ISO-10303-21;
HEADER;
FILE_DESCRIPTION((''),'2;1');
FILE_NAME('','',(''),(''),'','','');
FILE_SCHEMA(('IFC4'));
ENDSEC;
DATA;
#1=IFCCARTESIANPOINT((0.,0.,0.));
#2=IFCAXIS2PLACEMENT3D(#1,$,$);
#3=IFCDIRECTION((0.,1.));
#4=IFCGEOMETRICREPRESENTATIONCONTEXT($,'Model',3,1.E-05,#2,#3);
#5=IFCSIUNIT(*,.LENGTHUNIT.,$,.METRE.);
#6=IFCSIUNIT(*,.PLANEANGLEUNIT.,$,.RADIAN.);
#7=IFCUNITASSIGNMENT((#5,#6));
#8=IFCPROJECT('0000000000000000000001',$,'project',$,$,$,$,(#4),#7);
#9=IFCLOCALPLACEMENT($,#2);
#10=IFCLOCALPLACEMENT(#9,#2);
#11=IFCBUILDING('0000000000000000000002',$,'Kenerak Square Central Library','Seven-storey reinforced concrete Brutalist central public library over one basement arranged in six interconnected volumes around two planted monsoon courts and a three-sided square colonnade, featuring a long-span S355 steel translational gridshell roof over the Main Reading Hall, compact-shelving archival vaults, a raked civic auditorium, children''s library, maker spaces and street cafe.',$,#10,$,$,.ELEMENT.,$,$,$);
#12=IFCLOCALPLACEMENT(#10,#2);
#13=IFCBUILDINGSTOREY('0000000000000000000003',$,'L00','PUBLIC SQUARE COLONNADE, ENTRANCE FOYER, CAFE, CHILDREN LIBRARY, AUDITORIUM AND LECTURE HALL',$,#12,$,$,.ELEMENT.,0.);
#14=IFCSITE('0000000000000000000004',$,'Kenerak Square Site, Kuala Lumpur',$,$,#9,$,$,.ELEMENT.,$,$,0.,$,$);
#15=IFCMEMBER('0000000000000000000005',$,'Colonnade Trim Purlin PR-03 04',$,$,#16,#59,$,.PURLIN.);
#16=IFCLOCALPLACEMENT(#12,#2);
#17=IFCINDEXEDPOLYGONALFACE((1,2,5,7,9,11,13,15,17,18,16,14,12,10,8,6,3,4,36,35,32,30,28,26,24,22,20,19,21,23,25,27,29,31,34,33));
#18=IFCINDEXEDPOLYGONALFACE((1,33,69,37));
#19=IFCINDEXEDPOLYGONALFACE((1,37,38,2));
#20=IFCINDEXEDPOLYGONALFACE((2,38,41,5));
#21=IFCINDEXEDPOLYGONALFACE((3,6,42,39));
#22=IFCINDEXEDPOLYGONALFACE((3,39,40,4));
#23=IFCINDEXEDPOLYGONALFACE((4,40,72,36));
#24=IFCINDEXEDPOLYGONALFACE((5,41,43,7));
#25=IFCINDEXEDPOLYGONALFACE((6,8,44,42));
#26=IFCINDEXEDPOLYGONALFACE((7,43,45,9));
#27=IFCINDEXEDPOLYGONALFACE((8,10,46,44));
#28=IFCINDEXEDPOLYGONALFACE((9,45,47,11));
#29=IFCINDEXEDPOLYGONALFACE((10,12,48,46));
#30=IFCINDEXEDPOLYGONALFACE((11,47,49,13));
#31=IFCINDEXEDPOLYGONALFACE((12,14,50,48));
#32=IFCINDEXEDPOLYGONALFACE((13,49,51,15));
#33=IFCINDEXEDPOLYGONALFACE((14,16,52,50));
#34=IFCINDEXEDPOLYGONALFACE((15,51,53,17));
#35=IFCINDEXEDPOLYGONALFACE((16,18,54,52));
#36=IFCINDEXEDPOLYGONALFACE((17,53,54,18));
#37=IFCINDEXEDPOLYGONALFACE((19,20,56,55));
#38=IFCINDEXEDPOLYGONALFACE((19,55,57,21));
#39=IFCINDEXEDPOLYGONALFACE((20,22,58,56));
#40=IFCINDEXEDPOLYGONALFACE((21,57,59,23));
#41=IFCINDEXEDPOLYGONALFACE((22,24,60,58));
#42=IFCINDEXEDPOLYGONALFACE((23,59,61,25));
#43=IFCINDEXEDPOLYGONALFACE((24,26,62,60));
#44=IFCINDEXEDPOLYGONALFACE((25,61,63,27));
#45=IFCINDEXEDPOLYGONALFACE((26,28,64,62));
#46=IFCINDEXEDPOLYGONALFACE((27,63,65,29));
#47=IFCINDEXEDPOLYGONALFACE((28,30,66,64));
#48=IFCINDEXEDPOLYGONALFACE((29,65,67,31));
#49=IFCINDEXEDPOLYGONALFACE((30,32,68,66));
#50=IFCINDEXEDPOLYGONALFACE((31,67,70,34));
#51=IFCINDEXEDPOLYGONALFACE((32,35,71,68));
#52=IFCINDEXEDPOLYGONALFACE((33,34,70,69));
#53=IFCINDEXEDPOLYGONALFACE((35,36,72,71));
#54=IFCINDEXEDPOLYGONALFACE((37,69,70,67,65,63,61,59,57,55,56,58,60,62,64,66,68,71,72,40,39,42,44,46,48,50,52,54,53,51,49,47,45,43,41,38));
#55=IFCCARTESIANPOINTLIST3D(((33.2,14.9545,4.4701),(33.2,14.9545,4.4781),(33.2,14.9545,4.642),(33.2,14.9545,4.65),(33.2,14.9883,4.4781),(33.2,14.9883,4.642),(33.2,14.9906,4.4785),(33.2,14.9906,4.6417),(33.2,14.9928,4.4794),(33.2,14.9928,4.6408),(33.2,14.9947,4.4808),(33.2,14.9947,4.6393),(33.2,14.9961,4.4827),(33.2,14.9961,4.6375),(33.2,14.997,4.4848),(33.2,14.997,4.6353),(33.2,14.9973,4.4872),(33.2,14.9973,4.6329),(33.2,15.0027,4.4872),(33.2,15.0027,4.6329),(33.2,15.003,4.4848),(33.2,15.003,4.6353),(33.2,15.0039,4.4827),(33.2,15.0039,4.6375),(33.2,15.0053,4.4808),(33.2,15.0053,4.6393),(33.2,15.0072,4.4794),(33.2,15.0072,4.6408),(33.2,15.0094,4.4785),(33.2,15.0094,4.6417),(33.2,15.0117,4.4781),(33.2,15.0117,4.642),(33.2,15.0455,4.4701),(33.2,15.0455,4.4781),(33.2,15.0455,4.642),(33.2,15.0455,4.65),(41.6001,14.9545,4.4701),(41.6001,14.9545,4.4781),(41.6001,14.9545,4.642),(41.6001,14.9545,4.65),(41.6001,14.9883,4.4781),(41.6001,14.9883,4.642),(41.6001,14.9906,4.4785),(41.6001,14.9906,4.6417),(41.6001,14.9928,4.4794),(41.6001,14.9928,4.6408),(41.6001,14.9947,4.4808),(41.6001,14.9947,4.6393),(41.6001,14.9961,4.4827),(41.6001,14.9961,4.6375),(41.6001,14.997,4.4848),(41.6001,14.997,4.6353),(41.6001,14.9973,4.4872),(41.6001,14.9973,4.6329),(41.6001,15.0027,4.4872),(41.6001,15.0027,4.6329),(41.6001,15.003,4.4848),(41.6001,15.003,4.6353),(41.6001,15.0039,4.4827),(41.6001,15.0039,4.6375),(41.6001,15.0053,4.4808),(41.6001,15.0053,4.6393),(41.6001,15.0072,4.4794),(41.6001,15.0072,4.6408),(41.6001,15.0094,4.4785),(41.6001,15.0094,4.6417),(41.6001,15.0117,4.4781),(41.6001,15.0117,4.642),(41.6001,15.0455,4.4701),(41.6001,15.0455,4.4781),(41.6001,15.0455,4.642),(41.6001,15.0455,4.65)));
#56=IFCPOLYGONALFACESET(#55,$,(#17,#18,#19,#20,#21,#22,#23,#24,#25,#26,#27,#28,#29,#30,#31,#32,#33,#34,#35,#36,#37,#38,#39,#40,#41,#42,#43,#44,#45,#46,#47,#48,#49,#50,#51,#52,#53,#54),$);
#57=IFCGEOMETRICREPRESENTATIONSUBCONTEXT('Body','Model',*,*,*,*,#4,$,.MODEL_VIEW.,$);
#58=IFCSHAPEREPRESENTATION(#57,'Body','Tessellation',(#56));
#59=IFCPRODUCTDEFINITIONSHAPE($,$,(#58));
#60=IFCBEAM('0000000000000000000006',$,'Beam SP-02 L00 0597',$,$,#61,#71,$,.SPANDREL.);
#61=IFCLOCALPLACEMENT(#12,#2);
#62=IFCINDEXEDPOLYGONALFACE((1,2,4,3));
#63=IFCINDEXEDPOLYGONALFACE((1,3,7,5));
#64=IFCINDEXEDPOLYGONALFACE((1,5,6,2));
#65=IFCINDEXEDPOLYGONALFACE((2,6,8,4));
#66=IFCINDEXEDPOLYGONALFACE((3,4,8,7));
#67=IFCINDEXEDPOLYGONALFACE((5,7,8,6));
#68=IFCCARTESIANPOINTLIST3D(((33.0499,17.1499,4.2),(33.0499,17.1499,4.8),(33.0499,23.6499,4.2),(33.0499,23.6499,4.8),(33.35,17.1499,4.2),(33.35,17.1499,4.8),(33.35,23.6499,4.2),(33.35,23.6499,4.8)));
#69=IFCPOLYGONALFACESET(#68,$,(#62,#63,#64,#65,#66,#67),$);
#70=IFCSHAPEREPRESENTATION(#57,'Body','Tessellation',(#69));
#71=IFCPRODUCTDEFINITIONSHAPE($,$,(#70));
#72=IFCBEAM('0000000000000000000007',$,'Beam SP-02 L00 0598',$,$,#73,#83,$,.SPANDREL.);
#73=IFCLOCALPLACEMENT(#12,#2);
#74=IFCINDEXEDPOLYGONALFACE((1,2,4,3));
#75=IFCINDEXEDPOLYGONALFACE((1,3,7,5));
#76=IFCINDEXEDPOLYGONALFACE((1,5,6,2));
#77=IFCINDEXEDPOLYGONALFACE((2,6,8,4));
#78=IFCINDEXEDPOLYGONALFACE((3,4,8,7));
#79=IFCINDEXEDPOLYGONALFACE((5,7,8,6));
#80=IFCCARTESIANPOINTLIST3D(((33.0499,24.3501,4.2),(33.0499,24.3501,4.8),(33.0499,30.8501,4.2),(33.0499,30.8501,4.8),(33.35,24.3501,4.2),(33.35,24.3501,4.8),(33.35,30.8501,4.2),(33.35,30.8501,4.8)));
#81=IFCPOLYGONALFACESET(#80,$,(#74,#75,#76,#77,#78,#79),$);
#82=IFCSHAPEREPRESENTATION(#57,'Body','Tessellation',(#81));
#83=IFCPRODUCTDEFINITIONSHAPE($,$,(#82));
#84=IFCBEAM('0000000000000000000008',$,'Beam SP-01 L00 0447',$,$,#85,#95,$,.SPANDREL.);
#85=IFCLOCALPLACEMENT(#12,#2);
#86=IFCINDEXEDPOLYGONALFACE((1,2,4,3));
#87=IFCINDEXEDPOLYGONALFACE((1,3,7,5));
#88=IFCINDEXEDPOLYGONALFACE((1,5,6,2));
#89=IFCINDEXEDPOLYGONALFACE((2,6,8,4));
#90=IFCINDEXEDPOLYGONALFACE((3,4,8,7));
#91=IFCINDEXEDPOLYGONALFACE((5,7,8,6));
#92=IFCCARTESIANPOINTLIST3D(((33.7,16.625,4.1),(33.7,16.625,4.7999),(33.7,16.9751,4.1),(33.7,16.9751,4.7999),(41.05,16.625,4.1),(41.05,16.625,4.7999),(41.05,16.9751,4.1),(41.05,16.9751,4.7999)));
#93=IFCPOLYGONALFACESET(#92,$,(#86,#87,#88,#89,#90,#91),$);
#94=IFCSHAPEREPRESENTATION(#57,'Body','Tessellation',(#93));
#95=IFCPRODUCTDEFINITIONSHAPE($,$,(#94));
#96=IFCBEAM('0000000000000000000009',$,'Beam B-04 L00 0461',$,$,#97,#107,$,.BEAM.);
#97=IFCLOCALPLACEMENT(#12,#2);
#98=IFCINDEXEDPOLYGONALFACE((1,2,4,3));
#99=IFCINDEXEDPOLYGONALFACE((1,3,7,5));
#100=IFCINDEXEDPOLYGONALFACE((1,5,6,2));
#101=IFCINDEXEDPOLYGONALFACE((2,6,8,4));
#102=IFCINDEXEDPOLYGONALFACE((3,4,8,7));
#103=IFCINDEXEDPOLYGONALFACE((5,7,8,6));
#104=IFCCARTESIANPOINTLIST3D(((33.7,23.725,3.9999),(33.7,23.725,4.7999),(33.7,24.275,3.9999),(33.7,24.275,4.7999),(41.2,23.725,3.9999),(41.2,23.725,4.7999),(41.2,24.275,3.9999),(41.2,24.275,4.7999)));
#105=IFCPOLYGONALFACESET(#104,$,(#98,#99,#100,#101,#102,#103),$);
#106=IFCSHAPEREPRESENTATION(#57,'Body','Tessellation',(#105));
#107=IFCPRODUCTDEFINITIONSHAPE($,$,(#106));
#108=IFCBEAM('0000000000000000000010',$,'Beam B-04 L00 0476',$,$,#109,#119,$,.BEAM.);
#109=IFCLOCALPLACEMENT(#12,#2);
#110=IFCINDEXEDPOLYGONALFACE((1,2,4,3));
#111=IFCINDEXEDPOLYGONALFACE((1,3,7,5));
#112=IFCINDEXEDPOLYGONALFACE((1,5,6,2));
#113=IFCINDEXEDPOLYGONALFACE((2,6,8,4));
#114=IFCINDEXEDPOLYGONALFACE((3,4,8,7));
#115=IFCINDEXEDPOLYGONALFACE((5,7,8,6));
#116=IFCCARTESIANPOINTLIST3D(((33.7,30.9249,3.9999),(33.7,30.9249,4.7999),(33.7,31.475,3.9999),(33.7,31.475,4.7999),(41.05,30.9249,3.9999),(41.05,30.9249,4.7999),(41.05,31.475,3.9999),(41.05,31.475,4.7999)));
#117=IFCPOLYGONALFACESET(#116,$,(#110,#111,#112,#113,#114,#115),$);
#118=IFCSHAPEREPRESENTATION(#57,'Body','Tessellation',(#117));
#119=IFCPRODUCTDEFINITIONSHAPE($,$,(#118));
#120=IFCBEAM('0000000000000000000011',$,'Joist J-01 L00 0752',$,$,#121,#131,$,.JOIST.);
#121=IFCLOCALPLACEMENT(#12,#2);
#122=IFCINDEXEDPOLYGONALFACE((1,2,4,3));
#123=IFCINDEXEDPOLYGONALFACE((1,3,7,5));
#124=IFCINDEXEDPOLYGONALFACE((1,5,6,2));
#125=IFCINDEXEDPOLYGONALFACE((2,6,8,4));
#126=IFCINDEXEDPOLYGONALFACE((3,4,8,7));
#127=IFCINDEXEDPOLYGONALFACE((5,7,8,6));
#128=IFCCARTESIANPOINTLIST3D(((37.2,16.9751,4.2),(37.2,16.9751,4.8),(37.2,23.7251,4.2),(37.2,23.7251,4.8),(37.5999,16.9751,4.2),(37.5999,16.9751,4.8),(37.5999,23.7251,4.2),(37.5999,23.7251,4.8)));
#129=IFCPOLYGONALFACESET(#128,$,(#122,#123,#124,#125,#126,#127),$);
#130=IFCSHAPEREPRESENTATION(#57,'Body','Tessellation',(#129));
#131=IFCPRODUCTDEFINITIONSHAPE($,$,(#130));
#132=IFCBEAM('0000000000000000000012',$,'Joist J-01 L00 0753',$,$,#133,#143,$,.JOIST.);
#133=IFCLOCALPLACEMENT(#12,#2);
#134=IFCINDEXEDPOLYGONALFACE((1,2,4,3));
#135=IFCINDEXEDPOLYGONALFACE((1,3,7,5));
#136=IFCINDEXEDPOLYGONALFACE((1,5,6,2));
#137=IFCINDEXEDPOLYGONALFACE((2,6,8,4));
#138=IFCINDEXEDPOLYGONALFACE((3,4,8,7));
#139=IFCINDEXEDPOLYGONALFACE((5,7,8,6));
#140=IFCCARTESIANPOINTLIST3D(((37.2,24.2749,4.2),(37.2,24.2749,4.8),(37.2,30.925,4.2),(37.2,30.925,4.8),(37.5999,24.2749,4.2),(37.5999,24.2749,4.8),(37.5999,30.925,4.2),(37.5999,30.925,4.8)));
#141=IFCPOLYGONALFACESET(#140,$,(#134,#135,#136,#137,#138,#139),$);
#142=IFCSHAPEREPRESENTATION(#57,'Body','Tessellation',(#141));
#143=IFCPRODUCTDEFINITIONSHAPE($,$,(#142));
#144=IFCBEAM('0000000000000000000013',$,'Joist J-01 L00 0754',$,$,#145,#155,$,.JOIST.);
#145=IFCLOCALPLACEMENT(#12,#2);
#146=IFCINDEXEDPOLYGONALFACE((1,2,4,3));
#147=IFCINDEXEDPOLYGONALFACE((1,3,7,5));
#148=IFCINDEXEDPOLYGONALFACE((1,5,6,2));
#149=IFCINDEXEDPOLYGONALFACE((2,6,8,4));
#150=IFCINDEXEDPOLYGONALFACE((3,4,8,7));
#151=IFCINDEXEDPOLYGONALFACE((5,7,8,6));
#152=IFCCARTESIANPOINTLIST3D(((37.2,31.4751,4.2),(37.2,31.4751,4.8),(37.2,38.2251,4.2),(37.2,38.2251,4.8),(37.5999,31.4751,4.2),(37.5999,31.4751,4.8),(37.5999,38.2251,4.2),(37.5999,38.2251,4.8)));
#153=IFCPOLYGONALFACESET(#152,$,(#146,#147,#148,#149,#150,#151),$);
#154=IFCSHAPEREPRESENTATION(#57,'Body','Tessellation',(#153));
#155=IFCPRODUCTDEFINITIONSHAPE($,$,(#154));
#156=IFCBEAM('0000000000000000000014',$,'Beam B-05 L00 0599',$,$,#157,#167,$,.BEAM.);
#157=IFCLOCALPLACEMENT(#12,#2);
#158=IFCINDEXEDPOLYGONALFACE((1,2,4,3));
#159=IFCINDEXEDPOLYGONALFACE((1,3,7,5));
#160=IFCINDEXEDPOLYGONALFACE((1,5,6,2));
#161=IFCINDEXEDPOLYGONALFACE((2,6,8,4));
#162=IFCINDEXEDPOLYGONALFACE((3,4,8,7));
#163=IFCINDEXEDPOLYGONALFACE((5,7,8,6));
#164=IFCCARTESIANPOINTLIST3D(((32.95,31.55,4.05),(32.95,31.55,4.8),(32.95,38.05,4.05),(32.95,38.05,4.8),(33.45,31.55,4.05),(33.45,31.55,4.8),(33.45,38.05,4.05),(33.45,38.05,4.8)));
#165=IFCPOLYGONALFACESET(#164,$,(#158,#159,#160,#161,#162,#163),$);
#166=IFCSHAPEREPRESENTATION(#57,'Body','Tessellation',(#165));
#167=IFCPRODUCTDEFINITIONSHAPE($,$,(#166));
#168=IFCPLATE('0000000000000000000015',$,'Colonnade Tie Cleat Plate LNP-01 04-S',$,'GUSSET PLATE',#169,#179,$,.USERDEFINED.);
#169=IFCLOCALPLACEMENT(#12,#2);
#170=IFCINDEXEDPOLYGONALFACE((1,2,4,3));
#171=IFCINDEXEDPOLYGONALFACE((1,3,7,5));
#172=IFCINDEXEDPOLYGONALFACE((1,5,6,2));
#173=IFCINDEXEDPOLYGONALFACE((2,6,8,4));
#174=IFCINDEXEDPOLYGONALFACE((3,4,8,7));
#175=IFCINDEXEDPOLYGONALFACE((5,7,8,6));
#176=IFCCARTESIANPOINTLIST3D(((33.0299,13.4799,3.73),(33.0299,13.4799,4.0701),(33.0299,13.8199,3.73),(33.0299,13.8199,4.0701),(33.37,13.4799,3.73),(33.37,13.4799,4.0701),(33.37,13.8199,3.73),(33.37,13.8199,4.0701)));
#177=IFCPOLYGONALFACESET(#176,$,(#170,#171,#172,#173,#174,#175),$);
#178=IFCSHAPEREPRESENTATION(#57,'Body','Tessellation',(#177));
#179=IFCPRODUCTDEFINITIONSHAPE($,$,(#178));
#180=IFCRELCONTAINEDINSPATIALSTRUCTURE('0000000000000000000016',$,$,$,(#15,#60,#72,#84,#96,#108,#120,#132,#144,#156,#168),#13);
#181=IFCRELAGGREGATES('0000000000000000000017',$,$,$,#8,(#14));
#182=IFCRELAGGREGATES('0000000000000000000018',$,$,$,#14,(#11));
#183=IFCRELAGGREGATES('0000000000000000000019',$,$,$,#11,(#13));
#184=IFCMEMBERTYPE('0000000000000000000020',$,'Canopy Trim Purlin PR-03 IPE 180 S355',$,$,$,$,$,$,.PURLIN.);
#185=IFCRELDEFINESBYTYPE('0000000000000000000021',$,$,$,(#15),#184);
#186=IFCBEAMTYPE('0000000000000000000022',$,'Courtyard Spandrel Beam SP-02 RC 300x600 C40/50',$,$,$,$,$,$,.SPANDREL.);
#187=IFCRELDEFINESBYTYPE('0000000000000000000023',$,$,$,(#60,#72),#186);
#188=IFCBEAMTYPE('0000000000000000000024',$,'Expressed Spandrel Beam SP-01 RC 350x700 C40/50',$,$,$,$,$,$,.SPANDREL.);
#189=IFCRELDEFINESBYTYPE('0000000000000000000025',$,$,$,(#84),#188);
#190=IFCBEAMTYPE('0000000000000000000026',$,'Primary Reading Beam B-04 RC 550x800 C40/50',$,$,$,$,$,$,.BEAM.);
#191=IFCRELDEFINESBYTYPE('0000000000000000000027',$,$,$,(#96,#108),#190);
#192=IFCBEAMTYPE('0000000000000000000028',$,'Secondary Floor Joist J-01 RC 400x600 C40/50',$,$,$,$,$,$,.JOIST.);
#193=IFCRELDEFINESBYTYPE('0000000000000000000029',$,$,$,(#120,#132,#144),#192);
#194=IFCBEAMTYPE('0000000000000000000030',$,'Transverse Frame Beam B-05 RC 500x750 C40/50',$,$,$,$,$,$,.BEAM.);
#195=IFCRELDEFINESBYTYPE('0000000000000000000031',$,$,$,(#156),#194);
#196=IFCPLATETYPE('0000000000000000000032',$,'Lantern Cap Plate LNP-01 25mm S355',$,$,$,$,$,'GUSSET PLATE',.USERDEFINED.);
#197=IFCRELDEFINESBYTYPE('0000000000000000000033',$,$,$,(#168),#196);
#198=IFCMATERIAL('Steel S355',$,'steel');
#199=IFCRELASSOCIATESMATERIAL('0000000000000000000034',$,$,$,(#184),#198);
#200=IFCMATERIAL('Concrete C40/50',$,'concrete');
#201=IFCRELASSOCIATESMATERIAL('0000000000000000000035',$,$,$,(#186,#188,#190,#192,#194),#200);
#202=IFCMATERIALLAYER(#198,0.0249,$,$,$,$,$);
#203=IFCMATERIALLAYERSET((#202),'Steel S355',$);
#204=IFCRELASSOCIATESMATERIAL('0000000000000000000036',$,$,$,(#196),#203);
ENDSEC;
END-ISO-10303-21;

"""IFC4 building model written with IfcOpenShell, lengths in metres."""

from ifc_helpers import new_model, si_unit, direction, frame, origin, origin_2d, place, context, subcontext, project, spatial, rectangle, i_section, extrude, material, layer, layer_set, material_profile, profile_set, type_object, element, save


model = new_model("IFC4")

# Units and contexts
model_context = context("Model", 3, precision=1e-05, world=origin(), true_north=direction((0.0, 1.0)))
body_context = subcontext(model_context, "Body", "Model", "MODEL_VIEW")
ifc_project = project(units=[si_unit("LENGTHUNIT", "METRE"), si_unit("PLANEANGLEUNIT", "RADIAN")], contexts=[model_context])

# Site, building, storey
site_placement = place(None, origin())
site = spatial("IfcSite", under=ifc_project, at=site_placement, Name="Kenerak Square Site, Kuala Lumpur", CompositionType="ELEMENT", RefElevation=0.0)
building_placement = place(site_placement, origin())
building = spatial("IfcBuilding", under=site, at=building_placement, Name="Kenerak Square Central Library", Description="Seven-storey reinforced concrete Brutalist central public library over one basement arranged in six interconnected volumes around two planted monsoon courts and a three-sided square colonnade, featuring a long-span S355 steel translational gridshell roof over the Main Reading Hall, compact-shelving archival vaults, a raked civic auditorium, children's library, maker spaces and street cafe.", CompositionType="ELEMENT")
storey_placement = place(building_placement, origin())
storey = spatial("IfcBuildingStorey", under=building, at=storey_placement, Name="L00", Description="PUBLIC SQUARE COLONNADE, ENTRANCE FOYER, CAFE, CHILDREN LIBRARY, AUDITORIUM AND LECTURE HALL", CompositionType="ELEMENT", Elevation=0.0)

# Shared definitions
ifc_material_1 = material(Name="Steel S355", Category="steel")

# Member
ifc_material_profile_1 = material_profile(ifc_material_1, i_section(OverallWidth=0.0911, OverallDepth=0.1799, WebThickness=0.0054, FlangeThickness=0.0081, FilletRadius=0.009, at=origin_2d()), Name="IPE 180")
ifc_profile_set_1 = profile_set([ifc_material_profile_1], Name="Steel S355")
member_type_1 = type_object("IfcMemberType", Name="Canopy Trim Purlin PR-03 IPE 180 S355", PredefinedType="PURLIN", material=ifc_profile_set_1)
member_1_placement = place(storey_placement, frame((33.2, 15.0, 4.5601), z_axis=(1.0, 0.0, 0.0), x_axis=(0.0, 1.0, 0.0)))
element("IfcMember", 1, at=member_1_placement, inside=storey, type_object=member_type_1, Name="Colonnade Trim Purlin PR-03 04", PredefinedType="PURLIN", context=body_context, shape_type="SweptSolid", body=[
    extrude(i_section(OverallWidth=0.0911, OverallDepth=0.1799, WebThickness=0.0054, FlangeThickness=0.0081, FilletRadius=0.009, at=origin_2d()), origin(), (0.0, 0.0, 1.0), 8.4001),
])

# Beams
ifc_material_2 = material(Name="Concrete C40/50", Category="concrete")
ifc_material_profile_2 = material_profile(ifc_material_2, rectangle(XDim=0.3, YDim=0.6001, at=origin_2d()), Name="RC 300x600")
ifc_profile_set_2 = profile_set([ifc_material_profile_2], Name="Concrete C40/50")
beam_type_1 = type_object("IfcBeamType", Name="Courtyard Spandrel Beam SP-02 RC 300x600 C40/50", PredefinedType="SPANDREL", material=ifc_profile_set_2)
for number, where, z_axis, x_axis, name in (
    (2, (33.2, 17.1499, 4.5), (0.0, 1.0, 0.0), (-1.0, 0.0, 0.0), "Beam SP-02 L00 0597"),
    (3, (33.2, 24.3501, 4.5), (0.0, 1.0, 0.0), (-1.0, 0.0, 0.0), "Beam SP-02 L00 0598"),
):
    element("IfcBeam", number, at=place(storey_placement, frame(where, z_axis=z_axis, x_axis=x_axis)), inside=storey, type_object=beam_type_1, Name=name, PredefinedType="SPANDREL", context=body_context, shape_type="SweptSolid", body=[
        extrude(rectangle(XDim=0.3, YDim=0.6001, at=origin_2d()), origin(), (0.0, 0.0, 1.0), 6.5),
    ])
ifc_material_profile_3 = material_profile(ifc_material_2, rectangle(XDim=0.3501, YDim=0.7, at=origin_2d()), Name="RC 350x700")
ifc_profile_set_3 = profile_set([ifc_material_profile_3], Name="Concrete C40/50")
beam_type_2 = type_object("IfcBeamType", Name="Expressed Spandrel Beam SP-01 RC 350x700 C40/50", PredefinedType="SPANDREL", material=ifc_profile_set_3)
beam_1_placement = place(storey_placement, frame((33.7, 16.8, 4.45), z_axis=(1.0, 0.0, 0.0), x_axis=(0.0, 1.0, 0.0)))
element("IfcBeam", 4, at=beam_1_placement, inside=storey, type_object=beam_type_2, Name="Beam SP-01 L00 0447", PredefinedType="SPANDREL", context=body_context, shape_type="SweptSolid", body=[
    extrude(rectangle(XDim=0.3501, YDim=0.7, at=origin_2d()), origin(), (0.0, 0.0, 1.0), 7.3501),
])
ifc_material_profile_4 = material_profile(ifc_material_2, rectangle(XDim=0.55, YDim=0.8, at=origin_2d()), Name="RC 550x800")
ifc_profile_set_4 = profile_set([ifc_material_profile_4], Name="Concrete C40/50")
beam_type_3 = type_object("IfcBeamType", Name="Primary Reading Beam B-04 RC 550x800 C40/50", PredefinedType="BEAM", material=ifc_profile_set_4)
beam_2_placement = place(storey_placement, frame((33.7, 24.0, 4.3999), z_axis=(1.0, 0.0, 0.0), x_axis=(0.0, 1.0, 0.0)))
element("IfcBeam", 5, at=beam_2_placement, inside=storey, type_object=beam_type_3, Name="Beam B-04 L00 0461", PredefinedType="BEAM", context=body_context, shape_type="SweptSolid", body=[
    extrude(rectangle(XDim=0.55, YDim=0.8, at=origin_2d()), origin(), (0.0, 0.0, 1.0), 7.5),
])
beam_3_placement = place(storey_placement, frame((33.7, 31.2, 4.3999), z_axis=(1.0, 0.0, 0.0), x_axis=(0.0, 1.0, 0.0)))
element("IfcBeam", 6, at=beam_3_placement, inside=storey, type_object=beam_type_3, Name="Beam B-04 L00 0476", PredefinedType="BEAM", context=body_context, shape_type="SweptSolid", body=[
    extrude(rectangle(XDim=0.55, YDim=0.8, at=origin_2d()), origin(), (0.0, 0.0, 1.0), 7.3501),
])
ifc_material_profile_5 = material_profile(ifc_material_2, rectangle(XDim=0.3999, YDim=0.6001, at=origin_2d()), Name="RC 400x600")
ifc_profile_set_5 = profile_set([ifc_material_profile_5], Name="Concrete C40/50")
beam_type_4 = type_object("IfcBeamType", Name="Secondary Floor Joist J-01 RC 400x600 C40/50", PredefinedType="JOIST", material=ifc_profile_set_5)
beam_4_placement = place(storey_placement, frame((37.3999, 16.9751, 4.5), z_axis=(0.0, 1.0, 0.0), x_axis=(-1.0, 0.0, 0.0)))
element("IfcBeam", 7, at=beam_4_placement, inside=storey, type_object=beam_type_4, Name="Joist J-01 L00 0752", PredefinedType="JOIST", context=body_context, shape_type="SweptSolid", body=[
    extrude(rectangle(XDim=0.3999, YDim=0.6001, at=origin_2d()), origin(), (0.0, 0.0, 1.0), 6.75),
])
beam_5_placement = place(storey_placement, frame((37.3999, 24.2749, 4.5), z_axis=(0.0, 1.0, 0.0), x_axis=(-1.0, 0.0, 0.0)))
element("IfcBeam", 8, at=beam_5_placement, inside=storey, type_object=beam_type_4, Name="Joist J-01 L00 0753", PredefinedType="JOIST", context=body_context, shape_type="SweptSolid", body=[
    extrude(rectangle(XDim=0.3999, YDim=0.6001, at=origin_2d()), origin(), (0.0, 0.0, 1.0), 6.6501),
])
beam_6_placement = place(storey_placement, frame((37.3999, 31.4751, 4.5), z_axis=(0.0, 1.0, 0.0), x_axis=(-1.0, 0.0, 0.0)))
element("IfcBeam", 9, at=beam_6_placement, inside=storey, type_object=beam_type_4, Name="Joist J-01 L00 0754", PredefinedType="JOIST", context=body_context, shape_type="SweptSolid", body=[
    extrude(rectangle(XDim=0.3999, YDim=0.6001, at=origin_2d()), origin(), (0.0, 0.0, 1.0), 6.75),
])
ifc_material_profile_6 = material_profile(ifc_material_2, rectangle(XDim=0.5, YDim=0.75, at=origin_2d()), Name="RC 500x750")
ifc_profile_set_6 = profile_set([ifc_material_profile_6], Name="Concrete C40/50")
beam_type_5 = type_object("IfcBeamType", Name="Transverse Frame Beam B-05 RC 500x750 C40/50", PredefinedType="BEAM", material=ifc_profile_set_6)
beam_7_placement = place(storey_placement, frame((33.2, 31.55, 4.425), z_axis=(0.0, 1.0, 0.0), x_axis=(-1.0, 0.0, 0.0)))
element("IfcBeam", 10, at=beam_7_placement, inside=storey, type_object=beam_type_5, Name="Beam B-05 L00 0599", PredefinedType="BEAM", context=body_context, shape_type="SweptSolid", body=[
    extrude(rectangle(XDim=0.5, YDim=0.75, at=origin_2d()), origin(), (0.0, 0.0, 1.0), 6.5),
])

# Plate
ifc_layer_1 = layer(ifc_material_1, 0.0249)
ifc_layer_set_1 = layer_set([ifc_layer_1], Name="Steel S355")
plate_type = type_object("IfcPlateType", Name="Lantern Cap Plate LNP-01 25mm S355", ElementType="GUSSET PLATE", PredefinedType="USERDEFINED", material=ifc_layer_set_1)
for number, where, z_axis, x_axis, name in (
    (11, (33.2, 13.6499, 3.73), (0.0, 0.0, 1.0), (1.0, 0.0, 0.0), "Colonnade Tie Cleat Plate LNP-01 04-S"),
):
    element("IfcPlate", number, at=place(storey_placement, frame(where, z_axis=z_axis, x_axis=x_axis)), inside=storey, type_object=plate_type, Name=name, ObjectType="GUSSET PLATE", PredefinedType="USERDEFINED", context=body_context, shape_type="SweptSolid", body=[
        extrude(rectangle(XDim=0.3401, YDim=0.3401, at=origin_2d()), origin(), (0.0, 0.0, 1.0), 0.3401),
    ])

save(model, "model.ifc")
